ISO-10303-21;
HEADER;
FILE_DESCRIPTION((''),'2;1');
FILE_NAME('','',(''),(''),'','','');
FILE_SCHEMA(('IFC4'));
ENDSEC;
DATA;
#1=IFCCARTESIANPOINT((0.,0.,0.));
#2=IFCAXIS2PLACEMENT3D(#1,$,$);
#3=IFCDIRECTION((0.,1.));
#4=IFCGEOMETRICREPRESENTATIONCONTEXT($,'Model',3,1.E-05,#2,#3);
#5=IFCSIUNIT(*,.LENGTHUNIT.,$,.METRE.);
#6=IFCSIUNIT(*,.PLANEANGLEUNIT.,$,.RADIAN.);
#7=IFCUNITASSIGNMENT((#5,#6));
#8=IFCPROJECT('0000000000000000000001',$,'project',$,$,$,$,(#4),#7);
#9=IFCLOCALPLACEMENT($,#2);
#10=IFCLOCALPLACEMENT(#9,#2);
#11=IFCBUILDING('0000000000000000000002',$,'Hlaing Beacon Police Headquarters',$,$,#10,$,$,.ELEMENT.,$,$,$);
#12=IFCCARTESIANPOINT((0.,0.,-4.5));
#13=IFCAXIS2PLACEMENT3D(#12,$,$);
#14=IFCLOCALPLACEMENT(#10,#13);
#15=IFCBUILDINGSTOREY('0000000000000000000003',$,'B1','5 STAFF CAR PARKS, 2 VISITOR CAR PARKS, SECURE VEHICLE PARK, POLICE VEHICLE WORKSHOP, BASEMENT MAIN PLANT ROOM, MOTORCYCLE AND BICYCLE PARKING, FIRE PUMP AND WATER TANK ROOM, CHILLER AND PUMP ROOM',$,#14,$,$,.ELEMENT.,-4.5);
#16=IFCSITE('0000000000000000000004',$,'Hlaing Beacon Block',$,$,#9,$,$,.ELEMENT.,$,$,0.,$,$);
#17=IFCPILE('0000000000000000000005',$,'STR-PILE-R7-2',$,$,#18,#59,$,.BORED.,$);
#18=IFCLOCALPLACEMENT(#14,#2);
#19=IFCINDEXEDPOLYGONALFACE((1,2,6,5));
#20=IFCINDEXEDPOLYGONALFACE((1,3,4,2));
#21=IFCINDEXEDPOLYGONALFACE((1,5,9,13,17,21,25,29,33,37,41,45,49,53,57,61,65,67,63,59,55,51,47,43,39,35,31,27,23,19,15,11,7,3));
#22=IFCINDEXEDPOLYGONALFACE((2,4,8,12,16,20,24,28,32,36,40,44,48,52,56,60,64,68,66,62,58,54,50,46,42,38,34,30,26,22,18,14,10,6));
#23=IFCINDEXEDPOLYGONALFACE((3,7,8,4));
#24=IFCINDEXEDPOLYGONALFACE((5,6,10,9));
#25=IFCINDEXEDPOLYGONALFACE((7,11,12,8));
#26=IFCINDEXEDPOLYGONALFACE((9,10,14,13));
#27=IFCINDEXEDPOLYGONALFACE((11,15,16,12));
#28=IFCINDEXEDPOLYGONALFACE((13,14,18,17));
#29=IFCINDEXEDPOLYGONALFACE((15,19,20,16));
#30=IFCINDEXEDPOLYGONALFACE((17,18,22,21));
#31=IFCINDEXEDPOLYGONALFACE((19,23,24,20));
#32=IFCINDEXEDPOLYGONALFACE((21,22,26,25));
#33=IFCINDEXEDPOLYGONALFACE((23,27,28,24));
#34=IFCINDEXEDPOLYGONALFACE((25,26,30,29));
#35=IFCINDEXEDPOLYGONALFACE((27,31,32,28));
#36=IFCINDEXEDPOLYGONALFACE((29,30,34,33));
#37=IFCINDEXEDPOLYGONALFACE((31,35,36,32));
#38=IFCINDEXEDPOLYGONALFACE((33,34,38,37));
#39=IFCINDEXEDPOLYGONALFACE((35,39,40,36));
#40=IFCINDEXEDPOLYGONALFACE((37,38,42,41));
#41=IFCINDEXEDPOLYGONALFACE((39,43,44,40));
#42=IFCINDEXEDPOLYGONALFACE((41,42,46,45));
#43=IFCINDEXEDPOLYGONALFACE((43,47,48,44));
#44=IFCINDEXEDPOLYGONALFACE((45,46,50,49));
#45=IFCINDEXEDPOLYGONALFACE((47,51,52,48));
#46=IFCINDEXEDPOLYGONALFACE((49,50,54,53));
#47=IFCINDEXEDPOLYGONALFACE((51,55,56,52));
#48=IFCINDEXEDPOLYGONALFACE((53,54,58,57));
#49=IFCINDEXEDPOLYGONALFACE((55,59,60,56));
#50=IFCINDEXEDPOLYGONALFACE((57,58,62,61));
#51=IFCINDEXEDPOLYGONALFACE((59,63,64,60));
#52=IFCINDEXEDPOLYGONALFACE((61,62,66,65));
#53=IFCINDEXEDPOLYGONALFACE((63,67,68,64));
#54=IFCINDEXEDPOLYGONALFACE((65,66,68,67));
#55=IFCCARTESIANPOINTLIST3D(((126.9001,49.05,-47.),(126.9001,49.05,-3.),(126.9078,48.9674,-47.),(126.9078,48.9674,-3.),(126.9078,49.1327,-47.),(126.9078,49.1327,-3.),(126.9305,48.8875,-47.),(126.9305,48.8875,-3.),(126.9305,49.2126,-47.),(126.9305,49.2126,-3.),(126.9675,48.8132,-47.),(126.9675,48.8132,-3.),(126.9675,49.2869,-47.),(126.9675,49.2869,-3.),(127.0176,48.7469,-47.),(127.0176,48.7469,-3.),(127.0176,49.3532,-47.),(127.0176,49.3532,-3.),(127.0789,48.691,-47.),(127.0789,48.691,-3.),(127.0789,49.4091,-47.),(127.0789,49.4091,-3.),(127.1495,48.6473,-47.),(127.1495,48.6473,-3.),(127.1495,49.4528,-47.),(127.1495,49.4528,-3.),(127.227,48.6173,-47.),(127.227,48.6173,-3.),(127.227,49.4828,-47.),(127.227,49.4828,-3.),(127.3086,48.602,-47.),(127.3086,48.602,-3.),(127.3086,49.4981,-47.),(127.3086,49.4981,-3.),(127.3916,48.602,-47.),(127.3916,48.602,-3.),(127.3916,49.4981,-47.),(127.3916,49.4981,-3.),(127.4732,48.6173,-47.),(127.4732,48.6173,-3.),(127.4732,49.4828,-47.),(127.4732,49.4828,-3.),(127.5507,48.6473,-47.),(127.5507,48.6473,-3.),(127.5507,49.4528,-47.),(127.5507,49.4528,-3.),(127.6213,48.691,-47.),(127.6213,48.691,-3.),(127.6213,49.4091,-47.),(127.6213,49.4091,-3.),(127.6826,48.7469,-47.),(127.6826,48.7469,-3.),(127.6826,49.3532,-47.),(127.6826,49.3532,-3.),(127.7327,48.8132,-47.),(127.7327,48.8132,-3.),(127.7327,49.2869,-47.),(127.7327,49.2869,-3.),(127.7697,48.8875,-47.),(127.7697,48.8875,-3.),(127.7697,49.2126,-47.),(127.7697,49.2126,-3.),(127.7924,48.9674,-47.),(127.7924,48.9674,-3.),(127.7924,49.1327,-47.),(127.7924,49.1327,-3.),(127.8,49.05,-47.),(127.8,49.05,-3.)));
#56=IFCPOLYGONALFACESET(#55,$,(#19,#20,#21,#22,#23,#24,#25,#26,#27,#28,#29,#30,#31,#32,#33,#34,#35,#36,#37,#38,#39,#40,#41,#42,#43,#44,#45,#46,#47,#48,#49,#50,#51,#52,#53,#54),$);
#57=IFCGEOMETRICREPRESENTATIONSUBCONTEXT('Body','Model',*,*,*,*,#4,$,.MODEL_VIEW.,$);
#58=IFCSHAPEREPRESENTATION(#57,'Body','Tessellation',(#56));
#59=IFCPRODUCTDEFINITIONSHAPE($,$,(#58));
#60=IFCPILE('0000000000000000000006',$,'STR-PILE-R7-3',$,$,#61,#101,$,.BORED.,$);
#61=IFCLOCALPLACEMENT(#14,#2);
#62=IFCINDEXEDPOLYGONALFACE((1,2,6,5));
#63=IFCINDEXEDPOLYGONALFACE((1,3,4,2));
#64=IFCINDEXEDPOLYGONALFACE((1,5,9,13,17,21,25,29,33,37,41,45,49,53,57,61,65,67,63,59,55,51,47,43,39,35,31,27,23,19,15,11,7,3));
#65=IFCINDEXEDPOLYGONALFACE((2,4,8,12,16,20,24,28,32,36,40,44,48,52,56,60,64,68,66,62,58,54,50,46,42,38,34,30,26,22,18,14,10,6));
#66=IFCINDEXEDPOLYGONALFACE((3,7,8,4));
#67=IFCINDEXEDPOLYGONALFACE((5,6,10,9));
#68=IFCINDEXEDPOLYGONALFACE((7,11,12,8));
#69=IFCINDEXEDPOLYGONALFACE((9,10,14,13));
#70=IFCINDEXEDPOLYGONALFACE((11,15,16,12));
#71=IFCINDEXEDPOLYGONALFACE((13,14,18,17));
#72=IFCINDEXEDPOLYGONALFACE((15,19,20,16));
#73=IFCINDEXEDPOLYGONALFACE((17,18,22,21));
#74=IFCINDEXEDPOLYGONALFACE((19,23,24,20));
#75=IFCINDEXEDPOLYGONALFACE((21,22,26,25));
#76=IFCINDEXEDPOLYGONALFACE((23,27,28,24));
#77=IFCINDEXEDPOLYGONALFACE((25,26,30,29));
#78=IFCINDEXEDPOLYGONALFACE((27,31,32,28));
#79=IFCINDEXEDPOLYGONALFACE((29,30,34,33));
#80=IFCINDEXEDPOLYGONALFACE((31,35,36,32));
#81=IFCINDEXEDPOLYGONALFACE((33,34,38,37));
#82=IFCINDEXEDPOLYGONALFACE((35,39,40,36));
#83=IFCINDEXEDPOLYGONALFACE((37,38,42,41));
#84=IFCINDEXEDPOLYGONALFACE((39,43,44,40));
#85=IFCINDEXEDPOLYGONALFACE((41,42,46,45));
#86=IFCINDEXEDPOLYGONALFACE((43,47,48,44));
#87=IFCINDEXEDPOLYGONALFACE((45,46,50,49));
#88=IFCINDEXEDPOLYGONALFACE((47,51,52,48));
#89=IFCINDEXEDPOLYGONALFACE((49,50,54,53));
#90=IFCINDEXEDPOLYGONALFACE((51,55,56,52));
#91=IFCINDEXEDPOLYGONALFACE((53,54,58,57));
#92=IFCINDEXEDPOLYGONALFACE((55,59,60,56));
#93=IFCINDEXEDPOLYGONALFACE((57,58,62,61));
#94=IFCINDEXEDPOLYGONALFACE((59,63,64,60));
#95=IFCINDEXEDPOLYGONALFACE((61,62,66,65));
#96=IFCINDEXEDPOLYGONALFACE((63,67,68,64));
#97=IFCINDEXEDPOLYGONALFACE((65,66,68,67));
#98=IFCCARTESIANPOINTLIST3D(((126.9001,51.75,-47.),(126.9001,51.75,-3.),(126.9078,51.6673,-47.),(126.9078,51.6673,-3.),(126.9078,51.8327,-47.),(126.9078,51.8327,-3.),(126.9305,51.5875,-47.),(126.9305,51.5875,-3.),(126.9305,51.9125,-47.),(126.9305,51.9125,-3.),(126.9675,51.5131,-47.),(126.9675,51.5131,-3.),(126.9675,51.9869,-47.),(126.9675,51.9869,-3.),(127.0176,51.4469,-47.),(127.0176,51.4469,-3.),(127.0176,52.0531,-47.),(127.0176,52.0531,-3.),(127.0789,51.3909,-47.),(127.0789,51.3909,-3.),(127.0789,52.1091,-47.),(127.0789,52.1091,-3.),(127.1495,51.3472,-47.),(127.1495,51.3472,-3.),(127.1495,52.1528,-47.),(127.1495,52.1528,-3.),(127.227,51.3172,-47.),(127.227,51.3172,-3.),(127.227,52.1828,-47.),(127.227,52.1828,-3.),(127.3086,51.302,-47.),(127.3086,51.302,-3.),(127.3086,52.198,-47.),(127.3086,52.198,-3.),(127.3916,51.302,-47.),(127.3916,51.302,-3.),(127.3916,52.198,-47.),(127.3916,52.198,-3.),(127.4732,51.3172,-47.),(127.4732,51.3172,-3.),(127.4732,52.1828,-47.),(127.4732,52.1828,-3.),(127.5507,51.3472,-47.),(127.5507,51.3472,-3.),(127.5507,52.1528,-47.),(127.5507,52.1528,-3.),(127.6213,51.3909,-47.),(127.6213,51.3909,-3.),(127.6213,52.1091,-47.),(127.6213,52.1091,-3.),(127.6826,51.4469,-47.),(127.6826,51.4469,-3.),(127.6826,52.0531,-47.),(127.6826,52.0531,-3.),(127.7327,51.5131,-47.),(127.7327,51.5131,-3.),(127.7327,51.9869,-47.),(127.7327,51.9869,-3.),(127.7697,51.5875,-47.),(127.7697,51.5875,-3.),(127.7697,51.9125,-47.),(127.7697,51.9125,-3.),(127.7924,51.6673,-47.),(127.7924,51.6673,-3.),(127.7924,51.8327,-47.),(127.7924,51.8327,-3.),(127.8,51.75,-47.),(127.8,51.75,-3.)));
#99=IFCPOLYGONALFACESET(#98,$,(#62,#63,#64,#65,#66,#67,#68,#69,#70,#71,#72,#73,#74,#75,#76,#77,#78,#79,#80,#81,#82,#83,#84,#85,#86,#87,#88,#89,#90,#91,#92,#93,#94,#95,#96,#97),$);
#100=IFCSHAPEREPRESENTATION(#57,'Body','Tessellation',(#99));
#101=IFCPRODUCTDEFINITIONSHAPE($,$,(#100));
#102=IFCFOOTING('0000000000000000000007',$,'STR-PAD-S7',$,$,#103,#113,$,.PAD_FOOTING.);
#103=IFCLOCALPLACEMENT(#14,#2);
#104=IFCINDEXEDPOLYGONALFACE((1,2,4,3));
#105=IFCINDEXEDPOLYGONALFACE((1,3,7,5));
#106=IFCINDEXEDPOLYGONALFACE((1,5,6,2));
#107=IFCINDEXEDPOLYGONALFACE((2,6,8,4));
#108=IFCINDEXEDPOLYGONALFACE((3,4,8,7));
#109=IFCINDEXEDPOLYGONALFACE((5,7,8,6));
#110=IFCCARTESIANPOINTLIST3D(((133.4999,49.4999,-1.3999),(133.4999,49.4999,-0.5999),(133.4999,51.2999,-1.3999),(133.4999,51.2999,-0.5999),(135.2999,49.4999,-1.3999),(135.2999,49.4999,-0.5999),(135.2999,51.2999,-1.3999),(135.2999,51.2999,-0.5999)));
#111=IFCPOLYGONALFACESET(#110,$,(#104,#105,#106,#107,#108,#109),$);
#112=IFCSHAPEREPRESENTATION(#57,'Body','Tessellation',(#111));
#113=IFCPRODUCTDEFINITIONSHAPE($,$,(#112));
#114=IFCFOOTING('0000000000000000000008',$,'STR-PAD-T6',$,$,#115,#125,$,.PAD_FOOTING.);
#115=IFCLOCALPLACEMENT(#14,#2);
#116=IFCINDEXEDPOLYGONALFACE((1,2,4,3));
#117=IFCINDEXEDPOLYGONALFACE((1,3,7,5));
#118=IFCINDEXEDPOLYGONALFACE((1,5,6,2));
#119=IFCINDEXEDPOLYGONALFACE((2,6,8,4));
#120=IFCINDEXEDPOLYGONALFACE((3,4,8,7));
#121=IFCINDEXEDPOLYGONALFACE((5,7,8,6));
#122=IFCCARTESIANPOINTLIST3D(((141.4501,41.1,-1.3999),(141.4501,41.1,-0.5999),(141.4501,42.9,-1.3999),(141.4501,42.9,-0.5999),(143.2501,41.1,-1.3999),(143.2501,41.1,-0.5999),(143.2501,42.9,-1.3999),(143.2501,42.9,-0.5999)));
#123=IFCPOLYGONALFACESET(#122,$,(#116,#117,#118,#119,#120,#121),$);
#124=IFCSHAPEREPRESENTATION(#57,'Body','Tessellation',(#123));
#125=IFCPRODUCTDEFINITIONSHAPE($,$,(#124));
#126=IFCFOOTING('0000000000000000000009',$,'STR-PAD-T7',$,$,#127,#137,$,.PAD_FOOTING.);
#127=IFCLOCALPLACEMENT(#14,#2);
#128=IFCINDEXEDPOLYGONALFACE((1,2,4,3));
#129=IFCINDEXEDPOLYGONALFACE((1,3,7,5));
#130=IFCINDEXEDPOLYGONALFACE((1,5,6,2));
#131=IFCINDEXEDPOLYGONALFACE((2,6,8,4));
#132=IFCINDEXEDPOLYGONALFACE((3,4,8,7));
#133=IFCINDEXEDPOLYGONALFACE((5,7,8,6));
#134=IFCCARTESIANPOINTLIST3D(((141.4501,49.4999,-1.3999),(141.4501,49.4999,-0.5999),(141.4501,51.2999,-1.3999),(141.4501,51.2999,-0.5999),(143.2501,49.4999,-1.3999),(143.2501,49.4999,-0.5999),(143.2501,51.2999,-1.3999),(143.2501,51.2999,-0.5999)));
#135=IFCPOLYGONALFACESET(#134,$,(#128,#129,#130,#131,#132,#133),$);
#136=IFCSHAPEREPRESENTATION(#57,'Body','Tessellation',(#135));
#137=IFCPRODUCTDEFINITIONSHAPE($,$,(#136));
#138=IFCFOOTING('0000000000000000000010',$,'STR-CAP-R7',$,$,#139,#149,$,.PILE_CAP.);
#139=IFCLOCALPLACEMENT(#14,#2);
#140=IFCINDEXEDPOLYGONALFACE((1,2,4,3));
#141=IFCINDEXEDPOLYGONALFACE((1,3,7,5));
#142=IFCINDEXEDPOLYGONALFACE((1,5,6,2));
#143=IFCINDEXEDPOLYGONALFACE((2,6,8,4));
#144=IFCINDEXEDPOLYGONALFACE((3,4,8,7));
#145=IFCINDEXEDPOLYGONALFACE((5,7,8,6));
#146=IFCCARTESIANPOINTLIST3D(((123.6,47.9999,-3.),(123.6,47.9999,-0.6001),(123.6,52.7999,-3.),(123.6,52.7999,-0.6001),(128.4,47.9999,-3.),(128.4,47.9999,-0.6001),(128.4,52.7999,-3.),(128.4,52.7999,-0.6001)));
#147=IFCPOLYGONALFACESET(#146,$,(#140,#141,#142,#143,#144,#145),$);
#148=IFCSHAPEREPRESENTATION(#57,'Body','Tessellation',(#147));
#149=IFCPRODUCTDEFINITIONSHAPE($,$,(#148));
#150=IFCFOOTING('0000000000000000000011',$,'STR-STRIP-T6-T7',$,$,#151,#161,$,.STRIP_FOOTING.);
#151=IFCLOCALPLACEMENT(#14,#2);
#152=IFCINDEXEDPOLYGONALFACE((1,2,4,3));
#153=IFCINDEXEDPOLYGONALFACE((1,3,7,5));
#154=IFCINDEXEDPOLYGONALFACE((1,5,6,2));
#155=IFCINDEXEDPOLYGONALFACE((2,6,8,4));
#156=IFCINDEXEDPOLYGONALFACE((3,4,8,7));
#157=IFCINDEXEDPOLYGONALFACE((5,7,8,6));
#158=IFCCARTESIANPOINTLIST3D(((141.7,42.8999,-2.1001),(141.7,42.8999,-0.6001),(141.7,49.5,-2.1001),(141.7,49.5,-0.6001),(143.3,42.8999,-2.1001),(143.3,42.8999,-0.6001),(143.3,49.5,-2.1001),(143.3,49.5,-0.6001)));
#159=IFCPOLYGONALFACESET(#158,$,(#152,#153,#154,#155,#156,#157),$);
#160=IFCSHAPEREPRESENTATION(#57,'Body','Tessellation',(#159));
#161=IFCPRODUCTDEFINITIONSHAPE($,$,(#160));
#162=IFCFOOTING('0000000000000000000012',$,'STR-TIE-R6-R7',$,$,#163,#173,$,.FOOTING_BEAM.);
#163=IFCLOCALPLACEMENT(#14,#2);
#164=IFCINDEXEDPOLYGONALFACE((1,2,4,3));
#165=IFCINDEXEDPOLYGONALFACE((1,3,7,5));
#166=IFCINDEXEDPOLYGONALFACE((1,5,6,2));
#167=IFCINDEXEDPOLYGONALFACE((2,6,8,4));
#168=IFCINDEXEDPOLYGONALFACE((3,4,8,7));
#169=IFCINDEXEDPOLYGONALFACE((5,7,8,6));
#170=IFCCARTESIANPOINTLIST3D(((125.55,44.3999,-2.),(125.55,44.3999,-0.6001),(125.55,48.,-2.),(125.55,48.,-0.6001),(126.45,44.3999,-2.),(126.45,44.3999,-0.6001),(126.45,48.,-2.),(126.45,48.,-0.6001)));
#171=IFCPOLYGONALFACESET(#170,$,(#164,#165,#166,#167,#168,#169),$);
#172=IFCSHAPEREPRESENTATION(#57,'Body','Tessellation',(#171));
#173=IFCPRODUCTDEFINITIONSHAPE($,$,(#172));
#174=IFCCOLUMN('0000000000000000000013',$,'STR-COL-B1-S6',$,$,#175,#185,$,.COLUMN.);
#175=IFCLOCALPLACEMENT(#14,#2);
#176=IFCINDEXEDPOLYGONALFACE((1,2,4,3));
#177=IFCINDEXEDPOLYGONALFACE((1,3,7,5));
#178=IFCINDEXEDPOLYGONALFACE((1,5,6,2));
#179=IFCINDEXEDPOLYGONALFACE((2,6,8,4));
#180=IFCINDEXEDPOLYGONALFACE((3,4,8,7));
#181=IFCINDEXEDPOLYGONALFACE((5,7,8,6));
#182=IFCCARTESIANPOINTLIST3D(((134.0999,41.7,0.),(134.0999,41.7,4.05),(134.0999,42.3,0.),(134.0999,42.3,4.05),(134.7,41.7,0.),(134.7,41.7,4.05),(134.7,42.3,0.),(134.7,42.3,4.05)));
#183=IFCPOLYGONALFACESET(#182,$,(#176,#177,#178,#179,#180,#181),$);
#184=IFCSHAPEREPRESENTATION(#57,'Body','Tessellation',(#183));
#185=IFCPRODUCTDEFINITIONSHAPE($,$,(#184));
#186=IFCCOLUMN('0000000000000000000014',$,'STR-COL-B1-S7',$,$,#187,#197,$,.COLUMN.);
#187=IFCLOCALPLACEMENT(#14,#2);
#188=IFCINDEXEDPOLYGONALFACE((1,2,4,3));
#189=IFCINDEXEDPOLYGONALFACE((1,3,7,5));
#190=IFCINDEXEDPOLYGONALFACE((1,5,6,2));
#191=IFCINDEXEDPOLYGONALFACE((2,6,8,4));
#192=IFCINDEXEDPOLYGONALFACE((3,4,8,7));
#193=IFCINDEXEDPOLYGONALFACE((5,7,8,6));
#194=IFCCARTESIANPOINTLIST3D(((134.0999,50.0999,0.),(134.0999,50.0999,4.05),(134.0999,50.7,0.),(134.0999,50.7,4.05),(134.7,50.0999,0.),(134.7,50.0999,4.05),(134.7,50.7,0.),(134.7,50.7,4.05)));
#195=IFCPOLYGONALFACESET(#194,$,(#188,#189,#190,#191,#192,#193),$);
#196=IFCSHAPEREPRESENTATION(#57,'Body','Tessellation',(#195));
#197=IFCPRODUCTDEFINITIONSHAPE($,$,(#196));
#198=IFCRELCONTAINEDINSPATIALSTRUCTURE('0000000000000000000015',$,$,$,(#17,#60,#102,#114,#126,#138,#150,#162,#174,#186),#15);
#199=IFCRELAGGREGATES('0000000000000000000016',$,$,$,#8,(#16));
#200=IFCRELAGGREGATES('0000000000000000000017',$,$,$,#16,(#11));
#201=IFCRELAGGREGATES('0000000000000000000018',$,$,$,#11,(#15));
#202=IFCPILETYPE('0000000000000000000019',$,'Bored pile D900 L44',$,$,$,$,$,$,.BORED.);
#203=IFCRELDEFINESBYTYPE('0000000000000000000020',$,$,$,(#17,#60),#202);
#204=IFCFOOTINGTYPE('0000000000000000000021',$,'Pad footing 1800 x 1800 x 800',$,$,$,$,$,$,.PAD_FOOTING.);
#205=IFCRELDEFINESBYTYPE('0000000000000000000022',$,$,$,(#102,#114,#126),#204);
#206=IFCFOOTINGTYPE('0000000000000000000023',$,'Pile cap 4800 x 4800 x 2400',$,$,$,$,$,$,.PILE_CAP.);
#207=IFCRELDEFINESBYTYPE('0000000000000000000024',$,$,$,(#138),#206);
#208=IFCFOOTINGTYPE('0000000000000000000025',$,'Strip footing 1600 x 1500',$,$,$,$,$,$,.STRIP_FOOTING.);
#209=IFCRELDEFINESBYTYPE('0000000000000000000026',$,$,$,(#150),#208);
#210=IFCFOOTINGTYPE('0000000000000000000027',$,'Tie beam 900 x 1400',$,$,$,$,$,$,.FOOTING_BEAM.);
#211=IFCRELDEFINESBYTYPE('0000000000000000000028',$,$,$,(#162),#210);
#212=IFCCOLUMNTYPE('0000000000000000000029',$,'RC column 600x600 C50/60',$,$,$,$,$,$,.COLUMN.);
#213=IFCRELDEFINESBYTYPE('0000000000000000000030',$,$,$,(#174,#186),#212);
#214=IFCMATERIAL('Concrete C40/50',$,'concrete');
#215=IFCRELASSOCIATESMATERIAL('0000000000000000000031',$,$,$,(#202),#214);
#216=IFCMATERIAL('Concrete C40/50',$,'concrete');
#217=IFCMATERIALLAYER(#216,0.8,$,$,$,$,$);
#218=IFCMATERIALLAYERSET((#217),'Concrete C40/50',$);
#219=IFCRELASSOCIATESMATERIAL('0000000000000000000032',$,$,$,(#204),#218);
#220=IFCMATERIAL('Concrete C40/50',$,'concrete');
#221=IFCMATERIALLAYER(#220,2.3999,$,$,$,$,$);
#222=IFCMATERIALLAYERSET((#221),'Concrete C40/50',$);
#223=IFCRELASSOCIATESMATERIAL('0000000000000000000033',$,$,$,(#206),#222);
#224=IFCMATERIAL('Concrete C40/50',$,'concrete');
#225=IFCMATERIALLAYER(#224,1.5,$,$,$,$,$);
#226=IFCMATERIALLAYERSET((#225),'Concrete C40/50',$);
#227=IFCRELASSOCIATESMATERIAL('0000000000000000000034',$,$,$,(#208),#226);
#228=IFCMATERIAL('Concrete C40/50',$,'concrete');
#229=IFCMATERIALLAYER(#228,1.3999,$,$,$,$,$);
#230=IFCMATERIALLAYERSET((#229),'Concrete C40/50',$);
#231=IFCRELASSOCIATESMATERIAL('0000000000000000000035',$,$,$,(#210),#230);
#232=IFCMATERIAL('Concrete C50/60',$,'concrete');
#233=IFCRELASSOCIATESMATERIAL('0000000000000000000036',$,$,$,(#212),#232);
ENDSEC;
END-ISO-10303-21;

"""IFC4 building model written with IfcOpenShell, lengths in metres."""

from ifc_helpers import new_model, si_unit, direction, frame, origin, origin_2d, place, context, subcontext, project, spatial, rectangle, circle, extrude, material, layer, layer_set, material_profile, profile_set, type_object, element, save


model = new_model("IFC4")

# Units and contexts
model_context = context("Model", 3, precision=1e-05, world=origin(), true_north=direction((0.0, 1.0)))
body_context = subcontext(model_context, "Body", "Model", "MODEL_VIEW")
ifc_project = project(units=[si_unit("LENGTHUNIT", "METRE"), si_unit("PLANEANGLEUNIT", "RADIAN")], contexts=[model_context])

# Site, building, storey
site_placement = place(None, origin())
site = spatial("IfcSite", under=ifc_project, at=site_placement, Name="Hlaing Beacon Block", CompositionType="ELEMENT", RefElevation=0.0)
building_placement = place(site_placement, origin())
building = spatial("IfcBuilding", under=site, at=building_placement, Name="Hlaing Beacon Police Headquarters", CompositionType="ELEMENT")
storey_placement = place(building_placement, frame((0.0, 0.0, -4.5)))
storey = spatial("IfcBuildingStorey", under=building, at=storey_placement, Name="B1", Description="5 STAFF CAR PARKS, 2 VISITOR CAR PARKS, SECURE VEHICLE PARK, POLICE VEHICLE WORKSHOP, BASEMENT MAIN PLANT ROOM, MOTORCYCLE AND BICYCLE PARKING, FIRE PUMP AND WATER TANK ROOM, CHILLER AND PUMP ROOM", CompositionType="ELEMENT", Elevation=-4.5)

# Piles
ifc_material_1 = material(Name="Concrete C40/50", Category="concrete")
ifc_material_profile_1 = material_profile(ifc_material_1, circle(Radius=0.45, at=origin_2d()), Name="D900")
ifc_profile_set_1 = profile_set([ifc_material_profile_1], Name="Concrete C40/50")
pile_type_1 = type_object("IfcPileType", Name="Bored pile D900 L44", PredefinedType="BORED", material=ifc_profile_set_1)
for number, where, z_axis, x_axis, name in (
    (1, (127.3501, 49.05, -3.0), (0.0, 0.0, -1.0), (1.0, 0.0, 0.0), "STR-PILE-R7-2"),
    (2, (127.3501, 51.75, -3.0), (0.0, 0.0, -1.0), (1.0, 0.0, 0.0), "STR-PILE-R7-3"),
):
    element("IfcPile", number, at=place(storey_placement, frame(where, z_axis=z_axis, x_axis=x_axis)), inside=storey, type_object=pile_type_1, Name=name, PredefinedType="BORED", context=body_context, shape_type="SweptSolid", body=[
        extrude(circle(Radius=0.45, at=origin_2d()), origin(), (0.0, 0.0, 1.0), 44.0),
    ])

# Footings
ifc_material_2 = material(Name="Concrete C40/50", Category="concrete")
ifc_layer_1 = layer(ifc_material_2, 0.8)
ifc_layer_set_1 = layer_set([ifc_layer_1], Name="Concrete C40/50")
footing_type_1 = type_object("IfcFootingType", Name="Pad footing 1800 x 1800 x 800", PredefinedType="PAD_FOOTING", material=ifc_layer_set_1)
for number, where, z_axis, x_axis, name in (
    (3, (134.3999, 50.3999, -1.3999), (0.0, 0.0, 1.0), (1.0, 0.0, 0.0), "STR-PAD-S7"),
    (4, (142.3501, 42.0, -1.3999), (0.0, 0.0, 1.0), (1.0, 0.0, 0.0), "STR-PAD-T6"),
    (5, (142.3501, 50.3999, -1.3999), (0.0, 0.0, 1.0), (1.0, 0.0, 0.0), "STR-PAD-T7"),
):
    element("IfcFooting", number, at=place(storey_placement, frame(where, z_axis=z_axis, x_axis=x_axis)), inside=storey, type_object=footing_type_1, Name=name, PredefinedType="PAD_FOOTING", context=body_context, shape_type="SweptSolid", body=[
        extrude(rectangle(XDim=1.8, YDim=1.8, at=origin_2d()), origin(), (0.0, 0.0, 1.0), 0.8),
    ])
ifc_material_3 = material(Name="Concrete C40/50", Category="concrete")
ifc_layer_2 = layer(ifc_material_3, 2.3999)
ifc_layer_set_2 = layer_set([ifc_layer_2], Name="Concrete C40/50")
footing_type_2 = type_object("IfcFootingType", Name="Pile cap 4800 x 4800 x 2400", PredefinedType="PILE_CAP", material=ifc_layer_set_2)
footing_1_placement = place(storey_placement, frame((126.0, 50.3999, -3.0), z_axis=(0.0, 0.0, 1.0), x_axis=(1.0, 0.0, 0.0)))
element("IfcFooting", 6, at=footing_1_placement, inside=storey, type_object=footing_type_2, Name="STR-CAP-R7", PredefinedType="PILE_CAP", context=body_context, shape_type="SweptSolid", body=[
    extrude(rectangle(XDim=4.8, YDim=4.8, at=origin_2d()), origin(), (0.0, 0.0, 1.0), 2.3999),
])
ifc_material_4 = material(Name="Concrete C40/50", Category="concrete")
ifc_layer_3 = layer(ifc_material_4, 1.5)
ifc_layer_set_3 = layer_set([ifc_layer_3], Name="Concrete C40/50")
footing_type_3 = type_object("IfcFootingType", Name="Strip footing 1600 x 1500", PredefinedType="STRIP_FOOTING", material=ifc_layer_set_3)
footing_2_placement = place(storey_placement, frame((142.5, 46.2, -2.1001), z_axis=(0.0, 0.0, 1.0), x_axis=(1.0, 0.0, 0.0)))
element("IfcFooting", 7, at=footing_2_placement, inside=storey, type_object=footing_type_3, Name="STR-STRIP-T6-T7", PredefinedType="STRIP_FOOTING", context=body_context, shape_type="SweptSolid", body=[
    extrude(rectangle(XDim=1.6001, YDim=6.6001, at=origin_2d()), origin(), (0.0, 0.0, 1.0), 1.5),
])
ifc_material_5 = material(Name="Concrete C40/50", Category="concrete")
ifc_layer_4 = layer(ifc_material_5, 1.3999)
ifc_layer_set_4 = layer_set([ifc_layer_4], Name="Concrete C40/50")
footing_type_4 = type_object("IfcFootingType", Name="Tie beam 900 x 1400", PredefinedType="FOOTING_BEAM", material=ifc_layer_set_4)
footing_3_placement = place(storey_placement, frame((126.0, 46.2, -2.0), z_axis=(0.0, 0.0, 1.0), x_axis=(1.0, 0.0, 0.0)))
element("IfcFooting", 8, at=footing_3_placement, inside=storey, type_object=footing_type_4, Name="STR-TIE-R6-R7", PredefinedType="FOOTING_BEAM", context=body_context, shape_type="SweptSolid", body=[
    extrude(rectangle(XDim=0.8999, YDim=3.6001, at=origin_2d()), origin(), (0.0, 0.0, 1.0), 1.3999),
])

# Columns
ifc_material_6 = material(Name="Concrete C50/60", Category="concrete")
ifc_material_profile_2 = material_profile(ifc_material_6, rectangle(XDim=0.6001, YDim=0.6001, at=origin_2d()), Name="600x600")
ifc_profile_set_2 = profile_set([ifc_material_profile_2], Name="Concrete C50/60")
column_type_1 = type_object("IfcColumnType", Name="RC column 600x600 C50/60", PredefinedType="COLUMN", material=ifc_profile_set_2)
for number, where, z_axis, x_axis, name in (
    (9, (134.3999, 42.0, 0.0), (0.0, 0.0, 1.0), (1.0, 0.0, 0.0), "STR-COL-B1-S6"),
    (10, (134.3999, 50.3999, 0.0), (0.0, 0.0, 1.0), (1.0, 0.0, 0.0), "STR-COL-B1-S7"),
):
    element("IfcColumn", number, at=place(storey_placement, frame(where, z_axis=z_axis, x_axis=x_axis)), inside=storey, type_object=column_type_1, Name=name, PredefinedType="COLUMN", context=body_context, shape_type="SweptSolid", body=[
        extrude(rectangle(XDim=0.6001, YDim=0.6001, at=origin_2d()), origin(), (0.0, 0.0, 1.0), 4.05),
    ])

save(model, "model.ifc")
